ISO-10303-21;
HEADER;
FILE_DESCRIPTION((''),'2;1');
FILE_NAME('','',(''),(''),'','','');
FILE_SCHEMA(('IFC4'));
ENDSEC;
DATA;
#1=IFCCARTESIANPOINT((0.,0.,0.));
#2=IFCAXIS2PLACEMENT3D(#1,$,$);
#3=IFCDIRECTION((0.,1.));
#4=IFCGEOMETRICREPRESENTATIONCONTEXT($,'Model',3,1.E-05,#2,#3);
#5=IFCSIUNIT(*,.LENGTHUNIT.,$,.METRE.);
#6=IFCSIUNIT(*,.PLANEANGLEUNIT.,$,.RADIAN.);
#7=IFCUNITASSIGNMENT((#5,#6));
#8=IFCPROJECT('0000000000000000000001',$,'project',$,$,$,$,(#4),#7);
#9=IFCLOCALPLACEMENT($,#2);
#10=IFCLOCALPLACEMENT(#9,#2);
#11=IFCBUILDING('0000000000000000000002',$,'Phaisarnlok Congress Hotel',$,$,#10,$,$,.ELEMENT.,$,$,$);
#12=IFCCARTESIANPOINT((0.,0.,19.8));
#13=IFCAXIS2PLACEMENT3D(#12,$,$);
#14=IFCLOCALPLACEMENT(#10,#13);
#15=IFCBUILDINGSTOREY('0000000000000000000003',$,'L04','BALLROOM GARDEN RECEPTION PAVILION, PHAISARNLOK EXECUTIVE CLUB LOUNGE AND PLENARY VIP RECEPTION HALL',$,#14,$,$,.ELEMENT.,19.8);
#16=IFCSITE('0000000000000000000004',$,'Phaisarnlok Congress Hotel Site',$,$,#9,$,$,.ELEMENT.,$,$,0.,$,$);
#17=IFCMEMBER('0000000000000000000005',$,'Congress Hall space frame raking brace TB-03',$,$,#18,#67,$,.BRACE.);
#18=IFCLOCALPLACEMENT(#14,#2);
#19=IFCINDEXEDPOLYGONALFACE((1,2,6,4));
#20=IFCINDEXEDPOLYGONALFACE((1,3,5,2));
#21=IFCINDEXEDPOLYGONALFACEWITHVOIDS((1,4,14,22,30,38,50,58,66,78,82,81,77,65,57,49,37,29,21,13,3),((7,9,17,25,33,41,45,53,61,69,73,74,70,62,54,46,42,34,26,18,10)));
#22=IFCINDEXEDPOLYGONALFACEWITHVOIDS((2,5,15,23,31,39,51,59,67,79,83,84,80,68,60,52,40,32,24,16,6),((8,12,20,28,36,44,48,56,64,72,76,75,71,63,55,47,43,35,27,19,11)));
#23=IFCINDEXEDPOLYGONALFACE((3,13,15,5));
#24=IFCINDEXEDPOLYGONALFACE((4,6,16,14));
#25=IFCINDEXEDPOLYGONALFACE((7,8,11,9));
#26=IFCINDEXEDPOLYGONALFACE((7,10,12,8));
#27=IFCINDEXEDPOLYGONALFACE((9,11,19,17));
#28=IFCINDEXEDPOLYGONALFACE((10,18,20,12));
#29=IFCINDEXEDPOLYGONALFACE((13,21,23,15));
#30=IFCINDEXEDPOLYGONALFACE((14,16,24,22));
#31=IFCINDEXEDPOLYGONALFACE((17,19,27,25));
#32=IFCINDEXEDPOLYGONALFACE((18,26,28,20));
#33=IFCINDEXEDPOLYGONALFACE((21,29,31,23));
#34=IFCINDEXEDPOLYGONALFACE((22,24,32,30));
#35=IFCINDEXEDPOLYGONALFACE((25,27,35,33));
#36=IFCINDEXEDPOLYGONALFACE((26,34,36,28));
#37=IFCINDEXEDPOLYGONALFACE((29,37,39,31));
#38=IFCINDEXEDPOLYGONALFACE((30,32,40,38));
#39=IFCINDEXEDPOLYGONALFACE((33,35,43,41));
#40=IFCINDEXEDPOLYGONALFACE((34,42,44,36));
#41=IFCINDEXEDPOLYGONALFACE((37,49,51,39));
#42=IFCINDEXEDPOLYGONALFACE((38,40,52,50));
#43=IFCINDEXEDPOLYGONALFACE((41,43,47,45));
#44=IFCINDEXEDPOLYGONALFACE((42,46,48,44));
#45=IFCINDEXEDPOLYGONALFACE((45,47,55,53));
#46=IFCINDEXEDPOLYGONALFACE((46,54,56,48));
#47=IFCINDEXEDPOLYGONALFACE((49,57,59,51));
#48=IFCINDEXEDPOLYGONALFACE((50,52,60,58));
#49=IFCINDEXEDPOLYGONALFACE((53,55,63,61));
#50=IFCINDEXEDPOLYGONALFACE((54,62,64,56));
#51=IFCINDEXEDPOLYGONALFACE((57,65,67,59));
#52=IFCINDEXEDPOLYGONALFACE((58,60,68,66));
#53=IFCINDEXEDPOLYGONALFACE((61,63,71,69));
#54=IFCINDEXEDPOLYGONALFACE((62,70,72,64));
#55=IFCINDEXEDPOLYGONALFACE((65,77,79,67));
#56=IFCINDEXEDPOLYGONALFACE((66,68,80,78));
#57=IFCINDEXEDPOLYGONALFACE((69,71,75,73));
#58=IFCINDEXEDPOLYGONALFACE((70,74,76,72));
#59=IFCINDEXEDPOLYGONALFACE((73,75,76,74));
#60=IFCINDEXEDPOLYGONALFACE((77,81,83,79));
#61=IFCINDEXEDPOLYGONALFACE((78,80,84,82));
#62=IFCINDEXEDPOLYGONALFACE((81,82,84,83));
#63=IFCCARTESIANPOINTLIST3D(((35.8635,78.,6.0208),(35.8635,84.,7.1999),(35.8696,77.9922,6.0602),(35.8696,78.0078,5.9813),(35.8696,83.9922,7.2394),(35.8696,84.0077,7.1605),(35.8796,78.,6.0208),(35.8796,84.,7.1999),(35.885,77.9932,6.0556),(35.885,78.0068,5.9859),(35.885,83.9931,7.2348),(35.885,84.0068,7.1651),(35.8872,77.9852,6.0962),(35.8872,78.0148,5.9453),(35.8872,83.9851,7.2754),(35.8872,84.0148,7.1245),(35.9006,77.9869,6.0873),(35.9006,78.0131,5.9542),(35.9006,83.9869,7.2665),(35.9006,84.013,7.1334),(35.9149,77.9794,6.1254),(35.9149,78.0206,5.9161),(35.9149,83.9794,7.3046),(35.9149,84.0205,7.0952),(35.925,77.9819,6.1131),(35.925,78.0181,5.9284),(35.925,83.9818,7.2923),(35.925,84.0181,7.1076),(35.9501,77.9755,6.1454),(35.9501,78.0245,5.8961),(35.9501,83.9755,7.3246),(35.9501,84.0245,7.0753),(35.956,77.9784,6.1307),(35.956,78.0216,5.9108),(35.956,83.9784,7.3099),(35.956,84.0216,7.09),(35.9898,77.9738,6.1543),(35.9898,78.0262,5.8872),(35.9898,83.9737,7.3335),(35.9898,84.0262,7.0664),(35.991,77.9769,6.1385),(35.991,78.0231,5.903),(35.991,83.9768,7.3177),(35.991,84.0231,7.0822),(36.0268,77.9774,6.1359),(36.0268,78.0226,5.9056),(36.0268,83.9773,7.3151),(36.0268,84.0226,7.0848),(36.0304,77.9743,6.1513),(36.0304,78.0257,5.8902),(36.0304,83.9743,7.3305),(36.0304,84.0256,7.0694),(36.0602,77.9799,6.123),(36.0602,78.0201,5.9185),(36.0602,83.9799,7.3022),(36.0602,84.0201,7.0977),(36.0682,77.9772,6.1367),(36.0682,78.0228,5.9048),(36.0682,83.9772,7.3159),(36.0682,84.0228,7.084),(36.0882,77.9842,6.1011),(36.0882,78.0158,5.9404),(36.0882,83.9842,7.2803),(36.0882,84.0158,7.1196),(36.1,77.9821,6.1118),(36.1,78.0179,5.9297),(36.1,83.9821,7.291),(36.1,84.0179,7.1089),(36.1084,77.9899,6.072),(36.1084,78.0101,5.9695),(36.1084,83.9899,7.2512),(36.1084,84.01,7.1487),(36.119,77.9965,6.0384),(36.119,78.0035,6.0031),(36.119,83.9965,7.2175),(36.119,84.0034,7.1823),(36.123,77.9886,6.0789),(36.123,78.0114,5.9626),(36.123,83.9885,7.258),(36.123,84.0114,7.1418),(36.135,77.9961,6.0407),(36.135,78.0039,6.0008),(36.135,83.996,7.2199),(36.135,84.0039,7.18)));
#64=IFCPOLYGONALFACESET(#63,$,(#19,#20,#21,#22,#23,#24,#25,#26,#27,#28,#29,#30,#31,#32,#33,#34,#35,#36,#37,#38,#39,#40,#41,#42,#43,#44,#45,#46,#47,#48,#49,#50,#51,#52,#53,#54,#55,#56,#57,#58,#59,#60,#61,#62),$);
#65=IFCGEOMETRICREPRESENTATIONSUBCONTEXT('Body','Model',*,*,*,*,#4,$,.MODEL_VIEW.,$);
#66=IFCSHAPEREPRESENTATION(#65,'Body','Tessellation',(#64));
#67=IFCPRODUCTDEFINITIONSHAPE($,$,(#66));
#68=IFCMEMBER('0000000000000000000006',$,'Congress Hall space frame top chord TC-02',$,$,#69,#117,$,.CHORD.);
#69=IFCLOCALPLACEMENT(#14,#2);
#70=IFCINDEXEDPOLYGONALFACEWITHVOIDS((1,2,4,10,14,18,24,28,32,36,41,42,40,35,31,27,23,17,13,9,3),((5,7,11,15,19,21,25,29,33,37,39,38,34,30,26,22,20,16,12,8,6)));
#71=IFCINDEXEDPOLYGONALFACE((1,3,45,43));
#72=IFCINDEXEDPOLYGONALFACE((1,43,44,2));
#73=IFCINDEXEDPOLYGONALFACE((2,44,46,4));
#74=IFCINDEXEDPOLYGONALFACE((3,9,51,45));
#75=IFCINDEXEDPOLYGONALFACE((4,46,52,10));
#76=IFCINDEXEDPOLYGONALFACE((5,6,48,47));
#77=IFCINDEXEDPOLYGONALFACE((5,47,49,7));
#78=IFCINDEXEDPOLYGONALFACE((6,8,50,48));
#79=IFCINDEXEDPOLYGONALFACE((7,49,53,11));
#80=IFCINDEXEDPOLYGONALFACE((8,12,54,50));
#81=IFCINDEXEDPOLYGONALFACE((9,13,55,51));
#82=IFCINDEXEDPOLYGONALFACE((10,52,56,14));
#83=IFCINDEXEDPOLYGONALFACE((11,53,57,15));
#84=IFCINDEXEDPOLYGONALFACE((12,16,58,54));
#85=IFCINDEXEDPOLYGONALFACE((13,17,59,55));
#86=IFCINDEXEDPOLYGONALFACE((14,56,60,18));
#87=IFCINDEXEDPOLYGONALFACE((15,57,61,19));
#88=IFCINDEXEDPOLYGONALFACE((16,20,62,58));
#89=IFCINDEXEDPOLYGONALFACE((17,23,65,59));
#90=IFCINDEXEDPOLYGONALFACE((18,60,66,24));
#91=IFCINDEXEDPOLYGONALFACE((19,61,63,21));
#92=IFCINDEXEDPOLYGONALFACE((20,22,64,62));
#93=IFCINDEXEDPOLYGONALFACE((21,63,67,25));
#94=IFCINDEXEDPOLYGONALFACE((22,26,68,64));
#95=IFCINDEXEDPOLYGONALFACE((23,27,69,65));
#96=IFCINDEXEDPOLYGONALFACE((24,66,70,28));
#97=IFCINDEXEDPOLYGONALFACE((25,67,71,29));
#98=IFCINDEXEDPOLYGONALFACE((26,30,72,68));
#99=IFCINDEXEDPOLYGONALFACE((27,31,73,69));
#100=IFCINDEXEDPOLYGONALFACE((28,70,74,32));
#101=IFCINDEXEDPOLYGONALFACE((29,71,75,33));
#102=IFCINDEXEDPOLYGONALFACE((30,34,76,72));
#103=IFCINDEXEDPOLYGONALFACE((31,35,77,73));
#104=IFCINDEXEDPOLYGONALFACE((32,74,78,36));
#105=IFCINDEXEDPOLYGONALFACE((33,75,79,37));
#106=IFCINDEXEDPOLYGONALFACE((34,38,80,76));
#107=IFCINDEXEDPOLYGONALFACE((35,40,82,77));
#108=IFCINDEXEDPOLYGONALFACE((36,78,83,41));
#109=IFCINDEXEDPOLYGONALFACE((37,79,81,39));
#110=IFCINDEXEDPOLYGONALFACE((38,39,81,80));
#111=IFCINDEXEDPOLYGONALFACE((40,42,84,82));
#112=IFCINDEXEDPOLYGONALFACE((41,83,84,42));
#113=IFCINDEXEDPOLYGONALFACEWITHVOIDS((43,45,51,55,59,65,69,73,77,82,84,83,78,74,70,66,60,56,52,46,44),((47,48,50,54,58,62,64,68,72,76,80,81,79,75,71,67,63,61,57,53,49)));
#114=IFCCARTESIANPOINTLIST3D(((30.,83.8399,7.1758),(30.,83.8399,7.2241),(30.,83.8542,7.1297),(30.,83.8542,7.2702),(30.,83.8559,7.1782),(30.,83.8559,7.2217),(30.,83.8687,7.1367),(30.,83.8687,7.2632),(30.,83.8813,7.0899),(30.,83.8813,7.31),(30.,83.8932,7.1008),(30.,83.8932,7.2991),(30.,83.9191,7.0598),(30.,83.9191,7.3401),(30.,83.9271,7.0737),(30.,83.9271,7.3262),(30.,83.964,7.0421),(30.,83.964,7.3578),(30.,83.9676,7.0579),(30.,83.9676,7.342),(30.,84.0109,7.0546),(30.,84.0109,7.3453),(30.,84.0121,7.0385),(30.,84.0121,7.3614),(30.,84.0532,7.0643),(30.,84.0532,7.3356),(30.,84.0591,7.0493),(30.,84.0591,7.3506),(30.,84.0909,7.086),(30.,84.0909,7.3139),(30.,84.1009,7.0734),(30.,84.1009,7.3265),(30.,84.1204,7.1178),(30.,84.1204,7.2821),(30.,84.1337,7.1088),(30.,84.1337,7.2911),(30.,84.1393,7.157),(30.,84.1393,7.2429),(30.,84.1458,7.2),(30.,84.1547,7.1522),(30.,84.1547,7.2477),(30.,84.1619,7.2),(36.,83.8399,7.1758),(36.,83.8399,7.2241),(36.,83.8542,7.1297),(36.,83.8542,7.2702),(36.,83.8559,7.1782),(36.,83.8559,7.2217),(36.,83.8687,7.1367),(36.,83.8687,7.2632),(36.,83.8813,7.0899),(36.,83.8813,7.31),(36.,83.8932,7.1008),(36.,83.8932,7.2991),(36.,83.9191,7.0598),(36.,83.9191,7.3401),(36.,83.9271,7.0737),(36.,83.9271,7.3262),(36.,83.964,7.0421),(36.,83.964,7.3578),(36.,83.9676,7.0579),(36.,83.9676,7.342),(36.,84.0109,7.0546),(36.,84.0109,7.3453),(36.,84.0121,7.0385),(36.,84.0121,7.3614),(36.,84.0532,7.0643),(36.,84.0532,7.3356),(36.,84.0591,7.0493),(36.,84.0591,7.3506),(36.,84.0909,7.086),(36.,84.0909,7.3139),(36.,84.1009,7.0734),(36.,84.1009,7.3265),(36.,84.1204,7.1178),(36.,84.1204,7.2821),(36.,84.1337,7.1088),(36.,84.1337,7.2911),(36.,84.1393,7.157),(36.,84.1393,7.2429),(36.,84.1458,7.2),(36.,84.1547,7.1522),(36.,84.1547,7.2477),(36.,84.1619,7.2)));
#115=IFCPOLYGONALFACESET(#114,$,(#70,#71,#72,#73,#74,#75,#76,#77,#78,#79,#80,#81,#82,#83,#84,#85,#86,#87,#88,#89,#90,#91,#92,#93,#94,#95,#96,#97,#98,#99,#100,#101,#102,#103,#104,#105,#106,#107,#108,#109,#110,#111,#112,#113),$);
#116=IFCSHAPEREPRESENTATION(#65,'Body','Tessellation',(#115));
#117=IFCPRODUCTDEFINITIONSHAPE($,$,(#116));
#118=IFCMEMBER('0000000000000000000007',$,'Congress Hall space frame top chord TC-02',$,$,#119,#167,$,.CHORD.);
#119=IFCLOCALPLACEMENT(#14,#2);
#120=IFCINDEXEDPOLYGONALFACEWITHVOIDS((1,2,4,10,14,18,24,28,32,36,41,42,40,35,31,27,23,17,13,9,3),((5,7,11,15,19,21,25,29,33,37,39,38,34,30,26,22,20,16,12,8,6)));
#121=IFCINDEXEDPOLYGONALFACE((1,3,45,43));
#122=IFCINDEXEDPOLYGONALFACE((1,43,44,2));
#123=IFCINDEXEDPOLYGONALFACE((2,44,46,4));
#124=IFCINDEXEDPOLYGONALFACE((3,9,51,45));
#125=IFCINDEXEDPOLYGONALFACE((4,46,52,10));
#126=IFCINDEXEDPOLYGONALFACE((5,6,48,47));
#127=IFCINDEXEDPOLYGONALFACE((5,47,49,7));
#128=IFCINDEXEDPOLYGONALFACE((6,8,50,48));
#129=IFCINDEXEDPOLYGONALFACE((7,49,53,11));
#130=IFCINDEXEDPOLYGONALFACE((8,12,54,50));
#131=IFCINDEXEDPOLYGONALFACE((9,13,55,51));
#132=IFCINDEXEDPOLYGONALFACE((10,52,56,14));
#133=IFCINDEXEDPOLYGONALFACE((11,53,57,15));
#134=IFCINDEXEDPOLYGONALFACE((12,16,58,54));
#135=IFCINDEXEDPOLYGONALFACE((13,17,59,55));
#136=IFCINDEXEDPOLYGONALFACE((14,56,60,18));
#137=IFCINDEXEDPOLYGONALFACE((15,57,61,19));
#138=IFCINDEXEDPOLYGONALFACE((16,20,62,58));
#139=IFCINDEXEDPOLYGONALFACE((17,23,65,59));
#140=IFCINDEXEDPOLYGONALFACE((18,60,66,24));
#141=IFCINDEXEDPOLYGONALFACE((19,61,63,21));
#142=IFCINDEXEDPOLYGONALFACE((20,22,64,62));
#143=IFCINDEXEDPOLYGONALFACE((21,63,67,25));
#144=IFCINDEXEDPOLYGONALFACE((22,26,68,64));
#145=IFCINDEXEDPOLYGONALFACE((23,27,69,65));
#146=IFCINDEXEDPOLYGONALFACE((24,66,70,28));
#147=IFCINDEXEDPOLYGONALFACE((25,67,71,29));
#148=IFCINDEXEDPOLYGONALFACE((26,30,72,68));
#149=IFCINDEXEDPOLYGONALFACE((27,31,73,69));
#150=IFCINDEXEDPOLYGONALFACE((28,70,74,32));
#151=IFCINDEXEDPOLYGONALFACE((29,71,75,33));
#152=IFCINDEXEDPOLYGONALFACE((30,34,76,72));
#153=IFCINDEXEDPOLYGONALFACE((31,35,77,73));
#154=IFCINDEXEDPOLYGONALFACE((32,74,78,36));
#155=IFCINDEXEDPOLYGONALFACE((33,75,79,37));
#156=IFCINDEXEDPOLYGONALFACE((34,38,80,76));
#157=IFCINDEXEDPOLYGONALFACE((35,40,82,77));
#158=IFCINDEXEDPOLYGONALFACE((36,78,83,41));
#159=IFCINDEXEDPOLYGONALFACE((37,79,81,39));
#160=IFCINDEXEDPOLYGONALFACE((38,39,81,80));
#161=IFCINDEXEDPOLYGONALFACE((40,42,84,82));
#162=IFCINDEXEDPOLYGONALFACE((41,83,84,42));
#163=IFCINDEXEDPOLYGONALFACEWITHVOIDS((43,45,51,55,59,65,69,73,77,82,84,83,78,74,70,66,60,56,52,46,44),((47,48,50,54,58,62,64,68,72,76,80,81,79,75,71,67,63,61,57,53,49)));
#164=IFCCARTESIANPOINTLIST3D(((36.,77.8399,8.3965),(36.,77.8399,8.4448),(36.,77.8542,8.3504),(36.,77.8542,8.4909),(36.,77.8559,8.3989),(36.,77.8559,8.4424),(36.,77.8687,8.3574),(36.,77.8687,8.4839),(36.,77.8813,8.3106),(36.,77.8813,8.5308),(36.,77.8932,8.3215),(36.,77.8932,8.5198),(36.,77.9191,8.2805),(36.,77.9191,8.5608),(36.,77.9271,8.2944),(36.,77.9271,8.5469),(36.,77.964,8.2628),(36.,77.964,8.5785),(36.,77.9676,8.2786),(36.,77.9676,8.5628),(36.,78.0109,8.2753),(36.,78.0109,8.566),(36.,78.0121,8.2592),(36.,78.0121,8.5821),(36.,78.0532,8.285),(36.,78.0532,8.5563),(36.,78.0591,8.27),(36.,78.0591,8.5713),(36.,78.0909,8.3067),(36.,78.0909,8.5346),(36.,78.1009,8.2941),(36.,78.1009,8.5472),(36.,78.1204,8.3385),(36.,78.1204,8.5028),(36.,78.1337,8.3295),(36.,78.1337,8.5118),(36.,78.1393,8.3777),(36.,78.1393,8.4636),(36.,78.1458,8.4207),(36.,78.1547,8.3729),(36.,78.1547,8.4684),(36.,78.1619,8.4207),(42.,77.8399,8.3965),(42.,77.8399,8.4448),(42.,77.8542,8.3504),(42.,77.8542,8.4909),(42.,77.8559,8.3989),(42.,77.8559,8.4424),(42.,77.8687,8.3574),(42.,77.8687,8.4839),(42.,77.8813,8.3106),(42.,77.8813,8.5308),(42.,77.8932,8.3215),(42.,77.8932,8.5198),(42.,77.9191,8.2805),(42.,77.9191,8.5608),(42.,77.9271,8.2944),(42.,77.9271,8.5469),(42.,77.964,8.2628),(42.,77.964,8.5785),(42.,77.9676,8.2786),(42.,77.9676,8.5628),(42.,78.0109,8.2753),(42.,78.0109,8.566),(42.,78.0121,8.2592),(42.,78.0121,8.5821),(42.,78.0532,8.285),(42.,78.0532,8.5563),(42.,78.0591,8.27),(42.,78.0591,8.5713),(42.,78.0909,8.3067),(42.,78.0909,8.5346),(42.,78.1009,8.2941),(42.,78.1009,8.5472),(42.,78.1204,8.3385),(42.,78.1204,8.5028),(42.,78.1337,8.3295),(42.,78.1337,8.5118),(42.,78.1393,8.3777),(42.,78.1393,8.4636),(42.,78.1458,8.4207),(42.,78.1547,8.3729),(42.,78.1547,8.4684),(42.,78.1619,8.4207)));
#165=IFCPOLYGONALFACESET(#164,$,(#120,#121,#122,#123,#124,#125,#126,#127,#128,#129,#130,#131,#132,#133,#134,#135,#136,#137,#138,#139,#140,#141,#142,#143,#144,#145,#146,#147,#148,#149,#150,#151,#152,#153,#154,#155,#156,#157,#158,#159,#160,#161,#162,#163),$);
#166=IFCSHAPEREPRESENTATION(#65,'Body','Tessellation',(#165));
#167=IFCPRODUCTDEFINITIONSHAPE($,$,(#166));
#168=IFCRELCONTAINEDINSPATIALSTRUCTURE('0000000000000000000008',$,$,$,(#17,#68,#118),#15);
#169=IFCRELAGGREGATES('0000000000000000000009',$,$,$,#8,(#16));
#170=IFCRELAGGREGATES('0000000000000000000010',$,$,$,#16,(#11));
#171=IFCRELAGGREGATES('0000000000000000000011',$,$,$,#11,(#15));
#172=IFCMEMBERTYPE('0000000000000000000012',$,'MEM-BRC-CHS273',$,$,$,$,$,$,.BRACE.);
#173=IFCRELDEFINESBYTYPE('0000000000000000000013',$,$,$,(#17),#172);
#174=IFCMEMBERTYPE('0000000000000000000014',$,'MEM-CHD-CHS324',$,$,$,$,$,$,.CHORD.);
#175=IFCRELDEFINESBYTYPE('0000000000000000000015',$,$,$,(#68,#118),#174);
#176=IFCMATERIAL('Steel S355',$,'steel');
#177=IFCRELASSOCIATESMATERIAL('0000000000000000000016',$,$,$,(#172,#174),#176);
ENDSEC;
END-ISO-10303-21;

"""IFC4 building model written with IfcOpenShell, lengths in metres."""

from ifc_helpers import new_model, si_unit, direction, frame, origin, origin_2d, place, context, subcontext, project, spatial, hollow_circle, extrude, material, material_profile, profile_set, type_object, element, save


model = new_model("IFC4")

# Units and contexts
model_context = context("Model", 3, precision=1e-05, world=origin(), true_north=direction((0.0, 1.0)))
body_context = subcontext(model_context, "Body", "Model", "MODEL_VIEW")
ifc_project = project(units=[si_unit("LENGTHUNIT", "METRE"), si_unit("PLANEANGLEUNIT", "RADIAN")], contexts=[model_context])

# Site, building, storey
site_placement = place(None, origin())
site = spatial("IfcSite", under=ifc_project, at=site_placement, Name="Phaisarnlok Congress Hotel Site", CompositionType="ELEMENT", RefElevation=0.0)
building_placement = place(site_placement, origin())
building = spatial("IfcBuilding", under=site, at=building_placement, Name="Phaisarnlok Congress Hotel", CompositionType="ELEMENT")
storey_placement = place(building_placement, frame((0.0, 0.0, 19.8)))
storey = spatial("IfcBuildingStorey", under=building, at=storey_placement, Name="L04", Description="BALLROOM GARDEN RECEPTION PAVILION, PHAISARNLOK EXECUTIVE CLUB LOUNGE AND PLENARY VIP RECEPTION HALL", CompositionType="ELEMENT", Elevation=19.8)

# Members
ifc_material_1 = material(Name="Steel S355", Category="steel")
ifc_material_profile_1 = material_profile(ifc_material_1, hollow_circle(Radius=0.1365, WallThickness=0.0161, at=origin_2d()), Name="CHS 273x16")
ifc_profile_set_1 = profile_set([ifc_material_profile_1], Name="Steel S355")
member_type_1 = type_object("IfcMemberType", Name="MEM-BRC-CHS273", PredefinedType="BRACE", material=ifc_profile_set_1)
member_1_placement = place(storey_placement, frame((36.0, 78.0, 6.0208), z_axis=(0.0, 0.981229, 0.192844), x_axis=(-1.0, 0.0, 0.0)))
element("IfcMember", 1, at=member_1_placement, inside=storey, type_object=member_type_1, Name="Congress Hall space frame raking brace TB-03", PredefinedType="BRACE", context=body_context, shape_type="SweptSolid", body=[
    extrude(hollow_circle(Radius=0.1365, WallThickness=0.0161, at=origin_2d()), origin(), (0.0, 0.0, 1.0), 6.1147),
])
ifc_material_profile_2 = material_profile(ifc_material_1, hollow_circle(Radius=0.1619, WallThickness=0.0161, at=origin_2d()), Name="CHS 323.9x16")
ifc_profile_set_2 = profile_set([ifc_material_profile_2], Name="Steel S355")
member_type_2 = type_object("IfcMemberType", Name="MEM-CHD-CHS324", PredefinedType="CHORD", material=ifc_profile_set_2)
for number, where, z_axis, x_axis, name in (
    (2, (30.0, 84.0, 7.2), (1.0, 0.0, 0.0), (0.0, 1.0, 0.0), "Congress Hall space frame top chord TC-02"),
    (3, (36.0, 78.0, 8.4207), (1.0, 0.0, 0.0), (0.0, 1.0, 0.0), "Congress Hall space frame top chord TC-02"),
):
    element("IfcMember", number, at=place(storey_placement, frame(where, z_axis=z_axis, x_axis=x_axis)), inside=storey, type_object=member_type_2, Name=name, PredefinedType="CHORD", context=body_context, shape_type="SweptSolid", body=[
        extrude(hollow_circle(Radius=0.1619, WallThickness=0.0161, at=origin_2d()), origin(), (0.0, 0.0, 1.0), 6.0),
    ])

save(model, "model.ifc")
